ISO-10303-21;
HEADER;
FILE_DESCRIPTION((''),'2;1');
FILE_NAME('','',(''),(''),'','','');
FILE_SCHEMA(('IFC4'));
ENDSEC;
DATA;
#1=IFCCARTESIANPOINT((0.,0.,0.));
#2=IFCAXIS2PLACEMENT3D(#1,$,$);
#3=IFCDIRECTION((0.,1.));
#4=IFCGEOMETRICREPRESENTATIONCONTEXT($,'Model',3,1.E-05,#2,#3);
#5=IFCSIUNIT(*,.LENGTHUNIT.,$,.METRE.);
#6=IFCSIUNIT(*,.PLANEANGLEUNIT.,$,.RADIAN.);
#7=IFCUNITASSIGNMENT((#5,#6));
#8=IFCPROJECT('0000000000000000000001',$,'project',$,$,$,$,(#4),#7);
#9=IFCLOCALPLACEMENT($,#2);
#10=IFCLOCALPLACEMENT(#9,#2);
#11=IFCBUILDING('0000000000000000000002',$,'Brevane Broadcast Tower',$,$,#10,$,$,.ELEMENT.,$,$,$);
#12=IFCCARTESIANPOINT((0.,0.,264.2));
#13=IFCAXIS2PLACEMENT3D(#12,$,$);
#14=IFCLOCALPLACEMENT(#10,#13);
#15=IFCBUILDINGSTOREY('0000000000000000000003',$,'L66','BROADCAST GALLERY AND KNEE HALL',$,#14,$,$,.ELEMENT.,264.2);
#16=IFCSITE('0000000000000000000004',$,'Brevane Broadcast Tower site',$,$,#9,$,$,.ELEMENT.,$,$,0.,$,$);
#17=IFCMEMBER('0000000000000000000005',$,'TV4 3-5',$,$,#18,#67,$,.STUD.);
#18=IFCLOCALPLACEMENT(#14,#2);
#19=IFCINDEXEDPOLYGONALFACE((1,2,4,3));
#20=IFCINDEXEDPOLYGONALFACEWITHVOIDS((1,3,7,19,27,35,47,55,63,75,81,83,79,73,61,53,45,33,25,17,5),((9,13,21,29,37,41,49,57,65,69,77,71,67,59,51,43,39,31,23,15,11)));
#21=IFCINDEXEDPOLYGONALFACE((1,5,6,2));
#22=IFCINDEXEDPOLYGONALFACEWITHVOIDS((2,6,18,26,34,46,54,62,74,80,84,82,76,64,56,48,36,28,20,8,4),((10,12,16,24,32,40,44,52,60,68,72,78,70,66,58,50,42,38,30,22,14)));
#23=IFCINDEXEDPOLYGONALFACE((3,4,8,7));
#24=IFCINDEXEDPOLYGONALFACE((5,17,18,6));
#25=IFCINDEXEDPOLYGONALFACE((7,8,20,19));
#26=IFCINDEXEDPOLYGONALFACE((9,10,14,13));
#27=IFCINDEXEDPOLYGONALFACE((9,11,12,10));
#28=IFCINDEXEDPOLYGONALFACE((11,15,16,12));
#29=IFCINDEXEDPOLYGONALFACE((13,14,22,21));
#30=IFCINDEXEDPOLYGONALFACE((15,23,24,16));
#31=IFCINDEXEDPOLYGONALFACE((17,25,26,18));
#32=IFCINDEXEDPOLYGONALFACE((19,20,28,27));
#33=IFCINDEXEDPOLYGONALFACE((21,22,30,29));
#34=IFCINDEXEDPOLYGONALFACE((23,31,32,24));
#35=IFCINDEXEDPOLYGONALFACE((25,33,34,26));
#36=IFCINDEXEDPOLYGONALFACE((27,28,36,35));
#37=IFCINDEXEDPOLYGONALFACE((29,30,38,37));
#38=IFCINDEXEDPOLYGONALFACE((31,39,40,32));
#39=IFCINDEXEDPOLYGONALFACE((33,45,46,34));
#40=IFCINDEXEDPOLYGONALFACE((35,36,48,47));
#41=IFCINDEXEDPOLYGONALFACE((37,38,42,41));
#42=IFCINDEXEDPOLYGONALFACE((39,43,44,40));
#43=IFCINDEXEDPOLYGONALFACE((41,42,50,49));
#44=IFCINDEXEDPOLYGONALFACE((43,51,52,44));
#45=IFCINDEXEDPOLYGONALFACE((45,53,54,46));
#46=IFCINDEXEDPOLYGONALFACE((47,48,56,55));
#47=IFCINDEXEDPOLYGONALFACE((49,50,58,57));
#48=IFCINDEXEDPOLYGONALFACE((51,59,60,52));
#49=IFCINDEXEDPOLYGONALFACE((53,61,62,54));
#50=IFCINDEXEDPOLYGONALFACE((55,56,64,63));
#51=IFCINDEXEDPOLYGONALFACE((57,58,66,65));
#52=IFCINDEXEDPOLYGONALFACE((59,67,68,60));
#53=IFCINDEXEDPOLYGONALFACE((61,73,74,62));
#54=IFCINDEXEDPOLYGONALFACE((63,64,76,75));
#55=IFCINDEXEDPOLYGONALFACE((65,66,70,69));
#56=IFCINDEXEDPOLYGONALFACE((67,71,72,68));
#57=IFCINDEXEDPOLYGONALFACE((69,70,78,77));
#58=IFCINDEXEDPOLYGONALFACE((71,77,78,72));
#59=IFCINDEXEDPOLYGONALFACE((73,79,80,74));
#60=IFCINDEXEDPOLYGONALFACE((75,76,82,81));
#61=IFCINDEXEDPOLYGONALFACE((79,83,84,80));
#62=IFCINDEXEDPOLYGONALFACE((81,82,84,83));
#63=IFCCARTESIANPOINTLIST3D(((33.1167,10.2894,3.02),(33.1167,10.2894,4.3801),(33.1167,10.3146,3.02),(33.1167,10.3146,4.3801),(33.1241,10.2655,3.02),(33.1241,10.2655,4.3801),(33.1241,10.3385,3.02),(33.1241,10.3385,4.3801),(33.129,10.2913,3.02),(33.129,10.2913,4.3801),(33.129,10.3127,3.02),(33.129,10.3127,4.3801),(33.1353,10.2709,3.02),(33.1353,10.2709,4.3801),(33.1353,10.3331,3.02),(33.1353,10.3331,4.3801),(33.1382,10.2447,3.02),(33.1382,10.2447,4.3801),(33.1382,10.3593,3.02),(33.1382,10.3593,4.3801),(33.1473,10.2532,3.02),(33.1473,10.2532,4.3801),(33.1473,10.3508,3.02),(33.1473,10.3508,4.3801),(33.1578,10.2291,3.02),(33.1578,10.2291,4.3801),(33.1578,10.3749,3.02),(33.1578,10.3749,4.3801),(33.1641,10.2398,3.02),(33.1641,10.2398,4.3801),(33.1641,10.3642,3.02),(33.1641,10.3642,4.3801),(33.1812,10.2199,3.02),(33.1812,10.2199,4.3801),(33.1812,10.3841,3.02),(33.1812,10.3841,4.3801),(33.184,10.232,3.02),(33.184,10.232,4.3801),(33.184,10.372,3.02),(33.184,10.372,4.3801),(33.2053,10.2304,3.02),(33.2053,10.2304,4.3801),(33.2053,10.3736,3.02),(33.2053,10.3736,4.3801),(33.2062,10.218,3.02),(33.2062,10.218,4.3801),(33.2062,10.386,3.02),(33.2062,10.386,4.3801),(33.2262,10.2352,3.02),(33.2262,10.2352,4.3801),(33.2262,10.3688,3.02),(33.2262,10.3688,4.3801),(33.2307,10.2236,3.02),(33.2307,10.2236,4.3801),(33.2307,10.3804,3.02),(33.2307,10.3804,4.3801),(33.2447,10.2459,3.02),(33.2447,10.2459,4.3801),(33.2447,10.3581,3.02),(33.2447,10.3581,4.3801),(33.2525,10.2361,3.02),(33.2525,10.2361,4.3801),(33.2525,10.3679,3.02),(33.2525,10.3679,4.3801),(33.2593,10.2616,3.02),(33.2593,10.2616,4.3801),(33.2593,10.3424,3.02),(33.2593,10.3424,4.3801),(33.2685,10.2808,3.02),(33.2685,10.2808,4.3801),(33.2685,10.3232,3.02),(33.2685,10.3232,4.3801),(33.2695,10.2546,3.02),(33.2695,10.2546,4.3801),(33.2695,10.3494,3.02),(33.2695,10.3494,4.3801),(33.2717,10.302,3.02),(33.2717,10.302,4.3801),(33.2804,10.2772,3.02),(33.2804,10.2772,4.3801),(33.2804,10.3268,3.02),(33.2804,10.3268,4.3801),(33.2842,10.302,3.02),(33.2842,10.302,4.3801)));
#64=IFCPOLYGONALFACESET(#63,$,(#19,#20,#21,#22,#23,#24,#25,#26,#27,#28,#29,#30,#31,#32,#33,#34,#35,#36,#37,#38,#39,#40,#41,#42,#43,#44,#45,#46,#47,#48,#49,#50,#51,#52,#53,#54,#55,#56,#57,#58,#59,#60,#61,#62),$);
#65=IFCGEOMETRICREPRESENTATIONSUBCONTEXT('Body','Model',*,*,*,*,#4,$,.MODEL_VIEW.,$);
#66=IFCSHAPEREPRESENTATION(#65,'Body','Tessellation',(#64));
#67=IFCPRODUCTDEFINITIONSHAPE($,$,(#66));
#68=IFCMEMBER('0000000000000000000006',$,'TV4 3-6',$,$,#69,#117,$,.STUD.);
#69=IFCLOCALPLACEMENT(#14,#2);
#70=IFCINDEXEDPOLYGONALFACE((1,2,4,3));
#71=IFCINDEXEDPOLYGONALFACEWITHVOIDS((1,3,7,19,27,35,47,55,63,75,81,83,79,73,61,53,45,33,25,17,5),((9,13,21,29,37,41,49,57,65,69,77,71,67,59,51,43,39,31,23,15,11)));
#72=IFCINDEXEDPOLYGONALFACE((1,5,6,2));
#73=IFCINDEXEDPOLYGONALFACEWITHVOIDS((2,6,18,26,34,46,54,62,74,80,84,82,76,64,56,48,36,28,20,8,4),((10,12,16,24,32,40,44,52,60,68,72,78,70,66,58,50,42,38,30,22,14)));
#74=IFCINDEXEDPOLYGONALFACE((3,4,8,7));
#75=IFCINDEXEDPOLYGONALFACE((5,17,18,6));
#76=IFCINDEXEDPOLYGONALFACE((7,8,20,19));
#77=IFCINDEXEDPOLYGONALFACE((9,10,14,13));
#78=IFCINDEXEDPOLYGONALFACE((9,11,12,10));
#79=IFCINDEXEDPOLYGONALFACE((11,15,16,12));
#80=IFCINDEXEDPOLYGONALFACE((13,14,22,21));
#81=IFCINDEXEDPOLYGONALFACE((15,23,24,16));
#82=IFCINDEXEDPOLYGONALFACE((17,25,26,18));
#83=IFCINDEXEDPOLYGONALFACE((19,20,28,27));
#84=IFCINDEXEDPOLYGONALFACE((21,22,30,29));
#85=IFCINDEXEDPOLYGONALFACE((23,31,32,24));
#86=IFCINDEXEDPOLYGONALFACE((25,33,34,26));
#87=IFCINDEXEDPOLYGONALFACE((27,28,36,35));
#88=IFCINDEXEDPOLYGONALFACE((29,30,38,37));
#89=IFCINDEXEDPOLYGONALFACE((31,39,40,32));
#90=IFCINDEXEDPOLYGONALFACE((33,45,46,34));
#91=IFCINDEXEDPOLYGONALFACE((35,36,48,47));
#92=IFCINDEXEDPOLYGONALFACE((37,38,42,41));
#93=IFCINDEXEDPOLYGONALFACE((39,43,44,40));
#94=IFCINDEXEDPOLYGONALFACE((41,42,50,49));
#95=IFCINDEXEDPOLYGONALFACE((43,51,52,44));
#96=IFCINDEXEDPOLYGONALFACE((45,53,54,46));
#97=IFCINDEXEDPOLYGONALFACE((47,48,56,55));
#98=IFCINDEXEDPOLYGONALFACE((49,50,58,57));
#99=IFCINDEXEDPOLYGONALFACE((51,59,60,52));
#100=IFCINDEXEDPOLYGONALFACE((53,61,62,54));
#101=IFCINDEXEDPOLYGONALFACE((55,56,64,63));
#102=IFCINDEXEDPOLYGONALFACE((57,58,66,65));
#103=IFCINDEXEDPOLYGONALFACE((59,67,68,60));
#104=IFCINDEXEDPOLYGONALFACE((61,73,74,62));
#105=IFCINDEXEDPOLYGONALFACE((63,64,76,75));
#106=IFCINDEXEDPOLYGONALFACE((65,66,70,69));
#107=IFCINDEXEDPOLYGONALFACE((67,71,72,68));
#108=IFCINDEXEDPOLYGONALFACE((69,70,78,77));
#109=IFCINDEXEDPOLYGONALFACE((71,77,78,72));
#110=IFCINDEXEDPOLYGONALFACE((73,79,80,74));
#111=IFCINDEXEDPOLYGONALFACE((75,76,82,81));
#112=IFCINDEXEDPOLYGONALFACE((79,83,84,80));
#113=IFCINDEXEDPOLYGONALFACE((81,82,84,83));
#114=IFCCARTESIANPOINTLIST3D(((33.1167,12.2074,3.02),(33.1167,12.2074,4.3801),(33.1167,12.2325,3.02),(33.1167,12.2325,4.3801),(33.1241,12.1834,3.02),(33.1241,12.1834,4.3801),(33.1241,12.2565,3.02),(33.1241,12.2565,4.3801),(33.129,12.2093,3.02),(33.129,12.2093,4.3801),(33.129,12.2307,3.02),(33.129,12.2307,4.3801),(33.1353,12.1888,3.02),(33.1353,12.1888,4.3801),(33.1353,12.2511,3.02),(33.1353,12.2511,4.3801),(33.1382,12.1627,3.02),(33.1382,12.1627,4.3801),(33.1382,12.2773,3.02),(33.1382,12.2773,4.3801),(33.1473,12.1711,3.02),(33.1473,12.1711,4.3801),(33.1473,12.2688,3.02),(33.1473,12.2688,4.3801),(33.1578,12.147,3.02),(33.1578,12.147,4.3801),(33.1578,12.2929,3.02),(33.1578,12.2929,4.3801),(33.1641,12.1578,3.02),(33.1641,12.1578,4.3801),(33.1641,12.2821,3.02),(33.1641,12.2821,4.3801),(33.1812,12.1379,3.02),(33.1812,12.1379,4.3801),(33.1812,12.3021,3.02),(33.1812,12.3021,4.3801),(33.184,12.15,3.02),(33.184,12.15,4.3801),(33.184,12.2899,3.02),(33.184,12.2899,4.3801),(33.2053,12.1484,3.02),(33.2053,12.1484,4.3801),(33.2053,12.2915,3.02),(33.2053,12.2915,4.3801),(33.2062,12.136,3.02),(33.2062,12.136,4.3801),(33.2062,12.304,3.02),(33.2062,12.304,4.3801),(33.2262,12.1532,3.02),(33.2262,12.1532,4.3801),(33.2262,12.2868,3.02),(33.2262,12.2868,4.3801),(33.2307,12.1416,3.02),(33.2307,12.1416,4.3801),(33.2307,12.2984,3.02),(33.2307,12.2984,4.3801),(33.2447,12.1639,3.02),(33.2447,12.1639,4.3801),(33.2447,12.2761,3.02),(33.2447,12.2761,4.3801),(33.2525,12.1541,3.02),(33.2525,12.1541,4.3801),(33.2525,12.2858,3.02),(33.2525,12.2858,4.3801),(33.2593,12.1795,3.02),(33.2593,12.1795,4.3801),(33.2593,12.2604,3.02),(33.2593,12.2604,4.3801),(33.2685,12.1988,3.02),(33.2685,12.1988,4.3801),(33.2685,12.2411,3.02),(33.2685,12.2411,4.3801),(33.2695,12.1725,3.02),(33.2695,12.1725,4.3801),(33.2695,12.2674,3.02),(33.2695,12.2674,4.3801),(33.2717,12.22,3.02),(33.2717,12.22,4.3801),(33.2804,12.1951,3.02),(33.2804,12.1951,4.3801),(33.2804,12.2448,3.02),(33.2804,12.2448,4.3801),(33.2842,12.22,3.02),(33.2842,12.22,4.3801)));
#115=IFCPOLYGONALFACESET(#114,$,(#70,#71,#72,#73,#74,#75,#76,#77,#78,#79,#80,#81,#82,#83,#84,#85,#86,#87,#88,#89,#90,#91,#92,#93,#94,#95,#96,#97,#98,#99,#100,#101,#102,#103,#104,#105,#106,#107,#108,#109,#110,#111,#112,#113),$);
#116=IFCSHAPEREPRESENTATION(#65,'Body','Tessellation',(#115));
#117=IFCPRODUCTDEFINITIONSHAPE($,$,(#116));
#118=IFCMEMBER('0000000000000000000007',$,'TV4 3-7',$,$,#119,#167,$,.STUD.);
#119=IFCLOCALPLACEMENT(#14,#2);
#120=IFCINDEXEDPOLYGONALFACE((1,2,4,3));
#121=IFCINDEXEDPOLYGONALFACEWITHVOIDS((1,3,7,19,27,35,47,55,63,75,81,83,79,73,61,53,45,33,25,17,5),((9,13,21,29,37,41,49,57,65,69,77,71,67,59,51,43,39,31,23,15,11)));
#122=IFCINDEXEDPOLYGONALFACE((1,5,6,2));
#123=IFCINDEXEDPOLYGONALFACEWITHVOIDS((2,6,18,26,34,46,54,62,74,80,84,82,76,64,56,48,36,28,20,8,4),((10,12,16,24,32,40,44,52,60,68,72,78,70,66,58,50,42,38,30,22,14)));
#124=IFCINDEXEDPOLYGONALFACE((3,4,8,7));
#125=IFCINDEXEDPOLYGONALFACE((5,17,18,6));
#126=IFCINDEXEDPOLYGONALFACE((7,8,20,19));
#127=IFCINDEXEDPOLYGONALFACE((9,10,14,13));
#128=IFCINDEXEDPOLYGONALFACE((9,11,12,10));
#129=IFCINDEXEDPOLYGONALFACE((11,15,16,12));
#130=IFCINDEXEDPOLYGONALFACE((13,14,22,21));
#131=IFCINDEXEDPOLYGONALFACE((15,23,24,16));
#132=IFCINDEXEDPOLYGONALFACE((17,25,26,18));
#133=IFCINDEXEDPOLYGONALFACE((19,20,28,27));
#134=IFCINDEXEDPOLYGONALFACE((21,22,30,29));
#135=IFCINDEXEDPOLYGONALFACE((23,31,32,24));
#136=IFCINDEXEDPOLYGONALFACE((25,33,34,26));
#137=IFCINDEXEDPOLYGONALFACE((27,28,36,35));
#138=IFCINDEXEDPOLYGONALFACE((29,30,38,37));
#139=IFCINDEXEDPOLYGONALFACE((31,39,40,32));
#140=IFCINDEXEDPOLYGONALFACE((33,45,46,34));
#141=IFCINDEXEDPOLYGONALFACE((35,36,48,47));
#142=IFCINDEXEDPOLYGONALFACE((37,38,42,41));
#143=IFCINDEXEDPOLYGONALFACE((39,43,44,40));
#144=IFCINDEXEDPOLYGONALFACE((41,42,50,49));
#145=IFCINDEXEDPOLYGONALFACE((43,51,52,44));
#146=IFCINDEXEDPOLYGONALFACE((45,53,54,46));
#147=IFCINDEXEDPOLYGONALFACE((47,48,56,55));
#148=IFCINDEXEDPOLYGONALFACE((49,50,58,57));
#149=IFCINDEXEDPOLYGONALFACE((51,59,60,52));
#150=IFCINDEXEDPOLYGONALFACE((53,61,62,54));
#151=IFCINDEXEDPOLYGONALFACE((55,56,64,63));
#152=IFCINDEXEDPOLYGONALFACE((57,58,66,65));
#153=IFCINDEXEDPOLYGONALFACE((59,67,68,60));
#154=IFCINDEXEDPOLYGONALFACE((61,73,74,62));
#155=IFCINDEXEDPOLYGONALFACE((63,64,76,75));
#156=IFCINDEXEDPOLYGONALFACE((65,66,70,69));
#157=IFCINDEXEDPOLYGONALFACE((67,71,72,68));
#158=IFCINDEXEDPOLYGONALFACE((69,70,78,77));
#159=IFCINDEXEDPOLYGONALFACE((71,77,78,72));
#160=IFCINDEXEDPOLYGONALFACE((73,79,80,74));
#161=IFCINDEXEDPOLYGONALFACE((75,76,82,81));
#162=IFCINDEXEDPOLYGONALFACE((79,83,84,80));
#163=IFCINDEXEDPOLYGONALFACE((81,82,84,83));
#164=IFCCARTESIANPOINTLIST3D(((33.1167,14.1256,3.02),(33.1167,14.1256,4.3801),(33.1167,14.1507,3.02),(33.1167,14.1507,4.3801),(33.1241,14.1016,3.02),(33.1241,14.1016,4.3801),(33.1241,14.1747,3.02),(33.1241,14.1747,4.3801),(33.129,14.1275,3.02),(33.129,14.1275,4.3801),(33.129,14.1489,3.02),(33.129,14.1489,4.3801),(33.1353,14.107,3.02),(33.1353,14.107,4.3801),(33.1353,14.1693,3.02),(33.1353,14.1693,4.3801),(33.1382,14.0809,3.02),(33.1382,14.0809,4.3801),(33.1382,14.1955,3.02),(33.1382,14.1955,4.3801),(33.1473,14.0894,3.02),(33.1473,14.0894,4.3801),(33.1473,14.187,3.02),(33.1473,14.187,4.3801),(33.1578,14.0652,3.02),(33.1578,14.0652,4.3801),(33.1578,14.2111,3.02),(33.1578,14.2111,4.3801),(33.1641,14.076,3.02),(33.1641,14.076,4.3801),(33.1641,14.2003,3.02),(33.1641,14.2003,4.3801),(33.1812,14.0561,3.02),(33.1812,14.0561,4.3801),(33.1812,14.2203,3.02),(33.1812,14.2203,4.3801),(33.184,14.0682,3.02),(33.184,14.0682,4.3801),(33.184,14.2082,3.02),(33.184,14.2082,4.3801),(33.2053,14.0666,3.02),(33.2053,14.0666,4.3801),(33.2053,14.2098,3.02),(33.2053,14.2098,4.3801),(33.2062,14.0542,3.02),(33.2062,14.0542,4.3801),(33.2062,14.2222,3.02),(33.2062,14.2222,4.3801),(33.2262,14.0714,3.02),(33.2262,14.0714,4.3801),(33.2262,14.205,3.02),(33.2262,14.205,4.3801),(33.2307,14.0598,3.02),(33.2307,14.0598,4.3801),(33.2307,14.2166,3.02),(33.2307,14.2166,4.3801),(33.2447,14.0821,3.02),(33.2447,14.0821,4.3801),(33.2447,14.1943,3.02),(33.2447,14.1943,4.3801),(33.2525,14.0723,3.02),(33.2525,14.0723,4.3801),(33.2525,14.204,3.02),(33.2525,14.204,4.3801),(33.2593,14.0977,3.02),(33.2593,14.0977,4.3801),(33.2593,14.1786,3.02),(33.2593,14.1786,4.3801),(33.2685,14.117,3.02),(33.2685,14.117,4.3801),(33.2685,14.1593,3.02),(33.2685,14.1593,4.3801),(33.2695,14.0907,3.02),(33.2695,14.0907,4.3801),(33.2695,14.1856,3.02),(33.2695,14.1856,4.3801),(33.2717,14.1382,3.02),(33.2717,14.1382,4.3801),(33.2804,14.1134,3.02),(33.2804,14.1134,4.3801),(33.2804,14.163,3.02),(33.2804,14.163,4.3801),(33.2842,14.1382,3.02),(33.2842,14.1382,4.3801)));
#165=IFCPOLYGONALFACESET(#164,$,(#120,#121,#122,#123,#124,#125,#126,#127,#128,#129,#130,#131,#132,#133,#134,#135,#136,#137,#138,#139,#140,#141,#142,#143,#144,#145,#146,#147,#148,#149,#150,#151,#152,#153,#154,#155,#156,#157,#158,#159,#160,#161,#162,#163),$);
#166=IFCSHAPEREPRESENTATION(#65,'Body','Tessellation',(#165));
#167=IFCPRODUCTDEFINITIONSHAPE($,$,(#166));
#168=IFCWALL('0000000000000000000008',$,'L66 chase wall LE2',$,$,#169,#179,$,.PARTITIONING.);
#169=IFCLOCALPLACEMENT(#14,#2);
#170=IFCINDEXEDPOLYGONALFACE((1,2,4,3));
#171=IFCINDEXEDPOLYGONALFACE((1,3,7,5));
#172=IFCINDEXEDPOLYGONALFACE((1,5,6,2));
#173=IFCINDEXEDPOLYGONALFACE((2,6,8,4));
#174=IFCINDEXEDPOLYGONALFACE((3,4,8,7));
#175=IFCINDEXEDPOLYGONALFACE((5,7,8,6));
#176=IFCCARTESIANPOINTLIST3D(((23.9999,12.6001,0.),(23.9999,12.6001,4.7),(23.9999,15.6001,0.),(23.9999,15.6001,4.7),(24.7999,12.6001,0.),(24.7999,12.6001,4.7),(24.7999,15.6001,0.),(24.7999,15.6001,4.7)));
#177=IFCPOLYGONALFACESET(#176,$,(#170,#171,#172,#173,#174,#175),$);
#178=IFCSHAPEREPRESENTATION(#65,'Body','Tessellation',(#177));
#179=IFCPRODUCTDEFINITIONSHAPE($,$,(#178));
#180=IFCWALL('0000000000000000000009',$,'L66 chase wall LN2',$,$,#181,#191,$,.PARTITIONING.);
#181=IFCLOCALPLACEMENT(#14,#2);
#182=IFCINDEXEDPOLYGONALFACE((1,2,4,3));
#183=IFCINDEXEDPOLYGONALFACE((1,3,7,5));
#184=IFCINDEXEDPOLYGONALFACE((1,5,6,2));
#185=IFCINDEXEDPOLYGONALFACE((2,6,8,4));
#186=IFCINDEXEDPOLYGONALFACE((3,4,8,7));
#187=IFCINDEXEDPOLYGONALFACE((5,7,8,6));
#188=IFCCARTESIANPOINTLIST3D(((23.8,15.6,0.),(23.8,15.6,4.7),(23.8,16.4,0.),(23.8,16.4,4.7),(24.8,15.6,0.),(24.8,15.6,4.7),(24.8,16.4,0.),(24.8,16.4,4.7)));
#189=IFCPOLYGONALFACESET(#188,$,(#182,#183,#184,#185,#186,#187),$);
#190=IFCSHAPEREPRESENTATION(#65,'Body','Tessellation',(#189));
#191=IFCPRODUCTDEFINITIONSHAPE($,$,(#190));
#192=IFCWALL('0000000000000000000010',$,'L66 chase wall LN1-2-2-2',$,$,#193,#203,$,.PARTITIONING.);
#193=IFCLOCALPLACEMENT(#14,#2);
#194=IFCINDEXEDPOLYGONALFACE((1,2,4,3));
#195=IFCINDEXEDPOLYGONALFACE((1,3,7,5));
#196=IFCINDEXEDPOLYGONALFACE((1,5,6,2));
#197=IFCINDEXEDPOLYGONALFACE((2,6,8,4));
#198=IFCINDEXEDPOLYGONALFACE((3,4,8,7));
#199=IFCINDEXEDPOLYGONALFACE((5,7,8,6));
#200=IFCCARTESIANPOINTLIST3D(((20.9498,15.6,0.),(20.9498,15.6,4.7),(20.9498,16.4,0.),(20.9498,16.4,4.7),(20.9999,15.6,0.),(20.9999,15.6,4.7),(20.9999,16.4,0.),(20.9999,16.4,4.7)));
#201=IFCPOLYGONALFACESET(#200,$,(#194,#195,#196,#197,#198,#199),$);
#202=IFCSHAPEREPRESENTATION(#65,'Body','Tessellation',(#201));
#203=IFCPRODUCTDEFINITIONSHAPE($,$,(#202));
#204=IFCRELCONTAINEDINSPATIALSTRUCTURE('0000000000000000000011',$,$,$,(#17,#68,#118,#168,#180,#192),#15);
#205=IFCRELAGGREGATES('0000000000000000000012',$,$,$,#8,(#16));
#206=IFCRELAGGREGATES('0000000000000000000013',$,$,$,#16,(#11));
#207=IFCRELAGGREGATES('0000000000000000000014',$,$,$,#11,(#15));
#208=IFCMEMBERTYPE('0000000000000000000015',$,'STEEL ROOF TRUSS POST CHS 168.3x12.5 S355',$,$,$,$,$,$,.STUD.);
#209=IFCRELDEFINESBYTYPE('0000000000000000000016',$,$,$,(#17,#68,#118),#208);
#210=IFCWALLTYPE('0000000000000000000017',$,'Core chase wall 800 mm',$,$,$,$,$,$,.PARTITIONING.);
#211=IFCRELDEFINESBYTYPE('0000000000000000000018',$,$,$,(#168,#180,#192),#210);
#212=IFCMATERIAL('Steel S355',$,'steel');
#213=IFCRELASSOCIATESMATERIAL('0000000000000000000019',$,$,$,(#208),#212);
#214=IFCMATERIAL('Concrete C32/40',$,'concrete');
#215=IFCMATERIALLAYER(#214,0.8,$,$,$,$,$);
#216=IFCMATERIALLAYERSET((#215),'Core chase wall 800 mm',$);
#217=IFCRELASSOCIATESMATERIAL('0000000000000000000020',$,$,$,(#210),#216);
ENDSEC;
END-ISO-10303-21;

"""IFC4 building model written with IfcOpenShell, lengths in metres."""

from ifc_helpers import new_model, si_unit, direction, frame, frame_2d, origin, origin_2d, place, context, subcontext, project, spatial, rectangle, hollow_circle, extrude, material, layer, layer_set, material_profile, profile_set, type_object, element, save


model = new_model("IFC4")

# Units and contexts
model_context = context("Model", 3, precision=1e-05, world=origin(), true_north=direction((0.0, 1.0)))
body_context = subcontext(model_context, "Body", "Model", "MODEL_VIEW")
ifc_project = project(units=[si_unit("LENGTHUNIT", "METRE"), si_unit("PLANEANGLEUNIT", "RADIAN")], contexts=[model_context])

# Site, building, storey
site_placement = place(None, origin())
site = spatial("IfcSite", under=ifc_project, at=site_placement, Name="Brevane Broadcast Tower site", CompositionType="ELEMENT", RefElevation=0.0)
building_placement = place(site_placement, origin())
building = spatial("IfcBuilding", under=site, at=building_placement, Name="Brevane Broadcast Tower", CompositionType="ELEMENT")
storey_placement = place(building_placement, frame((0.0, 0.0, 264.2)))
storey = spatial("IfcBuildingStorey", under=building, at=storey_placement, Name="L66", Description="BROADCAST GALLERY AND KNEE HALL", CompositionType="ELEMENT", Elevation=264.2)

# Members
ifc_material_1 = material(Name="Steel S355", Category="steel")
ifc_material_profile_1 = material_profile(ifc_material_1, hollow_circle(Radius=0.0842, WallThickness=0.0125, at=origin_2d()), Name="CHS 168.3x12.5")
ifc_profile_set_1 = profile_set([ifc_material_profile_1], Name="Steel S355")
member_type_1 = type_object("IfcMemberType", Name="STEEL ROOF TRUSS POST CHS 168.3x12.5 S355", PredefinedType="STUD", material=ifc_profile_set_1)
for number, where, z_axis, x_axis, name in (
    (1, (33.2, 10.302, 3.02), (0.0, 0.0, 1.0), (1.0, 0.0, 0.0), "TV4 3-5"),
    (2, (33.2, 12.22, 3.02), (0.0, 0.0, 1.0), (1.0, 0.0, 0.0), "TV4 3-6"),
    (3, (33.2, 14.1382, 3.02), (0.0, 0.0, 1.0), (1.0, 0.0, 0.0), "TV4 3-7"),
):
    element("IfcMember", number, at=place(storey_placement, frame(where, z_axis=z_axis, x_axis=x_axis)), inside=storey, type_object=member_type_1, Name=name, PredefinedType="STUD", context=body_context, shape_type="SweptSolid", body=[
        extrude(hollow_circle(Radius=0.0842, WallThickness=0.0125, at=origin_2d()), origin(), (0.0, 0.0, 1.0), 1.3601),
    ])

# Walls
ifc_material_2 = material(Name="Concrete C32/40", Category="concrete")
ifc_layer_1 = layer(ifc_material_2, 0.8)
ifc_layer_set_1 = layer_set([ifc_layer_1], Name="Core chase wall 800 mm")
wall_type_1 = type_object("IfcWallType", Name="Core chase wall 800 mm", PredefinedType="PARTITIONING", material=ifc_layer_set_1)
wall_1_placement = place(storey_placement, frame((24.3999, 12.6001, 0.0), z_axis=(0.0, 0.0, 1.0), x_axis=(0.0, 1.0, 0.0)))
element("IfcWall", 4, at=wall_1_placement, inside=storey, type_object=wall_type_1, Name="L66 chase wall LE2", PredefinedType="PARTITIONING", context=body_context, shape_type="SweptSolid", body=[
    extrude(rectangle(XDim=3.0, YDim=0.8, at=frame_2d((1.5, 0.0))), origin(), (0.0, 0.0, 1.0), 4.7),
])
wall_2_placement = place(storey_placement, frame((23.8, 16.0, 0.0), z_axis=(0.0, 0.0, 1.0), x_axis=(1.0, 0.0, 0.0)))
element("IfcWall", 5, at=wall_2_placement, inside=storey, type_object=wall_type_1, Name="L66 chase wall LN2", PredefinedType="PARTITIONING", context=body_context, shape_type="SweptSolid", body=[
    extrude(rectangle(XDim=1.0, YDim=0.8, at=frame_2d((0.5, 0.0))), origin(), (0.0, 0.0, 1.0), 4.7),
])
wall_3_placement = place(storey_placement, frame((20.95, 16.0, 0.0), z_axis=(0.0, 0.0, 1.0), x_axis=(1.0, 0.0, 0.0)))
element("IfcWall", 6, at=wall_3_placement, inside=storey, type_object=wall_type_1, Name="L66 chase wall LN1-2-2-2", PredefinedType="PARTITIONING", context=body_context, shape_type="SweptSolid", body=[
    extrude(rectangle(XDim=0.05, YDim=0.8, at=frame_2d((0.0249, 0.0))), origin(), (0.0, 0.0, 1.0), 4.7),
])

save(model, "model.ifc")
